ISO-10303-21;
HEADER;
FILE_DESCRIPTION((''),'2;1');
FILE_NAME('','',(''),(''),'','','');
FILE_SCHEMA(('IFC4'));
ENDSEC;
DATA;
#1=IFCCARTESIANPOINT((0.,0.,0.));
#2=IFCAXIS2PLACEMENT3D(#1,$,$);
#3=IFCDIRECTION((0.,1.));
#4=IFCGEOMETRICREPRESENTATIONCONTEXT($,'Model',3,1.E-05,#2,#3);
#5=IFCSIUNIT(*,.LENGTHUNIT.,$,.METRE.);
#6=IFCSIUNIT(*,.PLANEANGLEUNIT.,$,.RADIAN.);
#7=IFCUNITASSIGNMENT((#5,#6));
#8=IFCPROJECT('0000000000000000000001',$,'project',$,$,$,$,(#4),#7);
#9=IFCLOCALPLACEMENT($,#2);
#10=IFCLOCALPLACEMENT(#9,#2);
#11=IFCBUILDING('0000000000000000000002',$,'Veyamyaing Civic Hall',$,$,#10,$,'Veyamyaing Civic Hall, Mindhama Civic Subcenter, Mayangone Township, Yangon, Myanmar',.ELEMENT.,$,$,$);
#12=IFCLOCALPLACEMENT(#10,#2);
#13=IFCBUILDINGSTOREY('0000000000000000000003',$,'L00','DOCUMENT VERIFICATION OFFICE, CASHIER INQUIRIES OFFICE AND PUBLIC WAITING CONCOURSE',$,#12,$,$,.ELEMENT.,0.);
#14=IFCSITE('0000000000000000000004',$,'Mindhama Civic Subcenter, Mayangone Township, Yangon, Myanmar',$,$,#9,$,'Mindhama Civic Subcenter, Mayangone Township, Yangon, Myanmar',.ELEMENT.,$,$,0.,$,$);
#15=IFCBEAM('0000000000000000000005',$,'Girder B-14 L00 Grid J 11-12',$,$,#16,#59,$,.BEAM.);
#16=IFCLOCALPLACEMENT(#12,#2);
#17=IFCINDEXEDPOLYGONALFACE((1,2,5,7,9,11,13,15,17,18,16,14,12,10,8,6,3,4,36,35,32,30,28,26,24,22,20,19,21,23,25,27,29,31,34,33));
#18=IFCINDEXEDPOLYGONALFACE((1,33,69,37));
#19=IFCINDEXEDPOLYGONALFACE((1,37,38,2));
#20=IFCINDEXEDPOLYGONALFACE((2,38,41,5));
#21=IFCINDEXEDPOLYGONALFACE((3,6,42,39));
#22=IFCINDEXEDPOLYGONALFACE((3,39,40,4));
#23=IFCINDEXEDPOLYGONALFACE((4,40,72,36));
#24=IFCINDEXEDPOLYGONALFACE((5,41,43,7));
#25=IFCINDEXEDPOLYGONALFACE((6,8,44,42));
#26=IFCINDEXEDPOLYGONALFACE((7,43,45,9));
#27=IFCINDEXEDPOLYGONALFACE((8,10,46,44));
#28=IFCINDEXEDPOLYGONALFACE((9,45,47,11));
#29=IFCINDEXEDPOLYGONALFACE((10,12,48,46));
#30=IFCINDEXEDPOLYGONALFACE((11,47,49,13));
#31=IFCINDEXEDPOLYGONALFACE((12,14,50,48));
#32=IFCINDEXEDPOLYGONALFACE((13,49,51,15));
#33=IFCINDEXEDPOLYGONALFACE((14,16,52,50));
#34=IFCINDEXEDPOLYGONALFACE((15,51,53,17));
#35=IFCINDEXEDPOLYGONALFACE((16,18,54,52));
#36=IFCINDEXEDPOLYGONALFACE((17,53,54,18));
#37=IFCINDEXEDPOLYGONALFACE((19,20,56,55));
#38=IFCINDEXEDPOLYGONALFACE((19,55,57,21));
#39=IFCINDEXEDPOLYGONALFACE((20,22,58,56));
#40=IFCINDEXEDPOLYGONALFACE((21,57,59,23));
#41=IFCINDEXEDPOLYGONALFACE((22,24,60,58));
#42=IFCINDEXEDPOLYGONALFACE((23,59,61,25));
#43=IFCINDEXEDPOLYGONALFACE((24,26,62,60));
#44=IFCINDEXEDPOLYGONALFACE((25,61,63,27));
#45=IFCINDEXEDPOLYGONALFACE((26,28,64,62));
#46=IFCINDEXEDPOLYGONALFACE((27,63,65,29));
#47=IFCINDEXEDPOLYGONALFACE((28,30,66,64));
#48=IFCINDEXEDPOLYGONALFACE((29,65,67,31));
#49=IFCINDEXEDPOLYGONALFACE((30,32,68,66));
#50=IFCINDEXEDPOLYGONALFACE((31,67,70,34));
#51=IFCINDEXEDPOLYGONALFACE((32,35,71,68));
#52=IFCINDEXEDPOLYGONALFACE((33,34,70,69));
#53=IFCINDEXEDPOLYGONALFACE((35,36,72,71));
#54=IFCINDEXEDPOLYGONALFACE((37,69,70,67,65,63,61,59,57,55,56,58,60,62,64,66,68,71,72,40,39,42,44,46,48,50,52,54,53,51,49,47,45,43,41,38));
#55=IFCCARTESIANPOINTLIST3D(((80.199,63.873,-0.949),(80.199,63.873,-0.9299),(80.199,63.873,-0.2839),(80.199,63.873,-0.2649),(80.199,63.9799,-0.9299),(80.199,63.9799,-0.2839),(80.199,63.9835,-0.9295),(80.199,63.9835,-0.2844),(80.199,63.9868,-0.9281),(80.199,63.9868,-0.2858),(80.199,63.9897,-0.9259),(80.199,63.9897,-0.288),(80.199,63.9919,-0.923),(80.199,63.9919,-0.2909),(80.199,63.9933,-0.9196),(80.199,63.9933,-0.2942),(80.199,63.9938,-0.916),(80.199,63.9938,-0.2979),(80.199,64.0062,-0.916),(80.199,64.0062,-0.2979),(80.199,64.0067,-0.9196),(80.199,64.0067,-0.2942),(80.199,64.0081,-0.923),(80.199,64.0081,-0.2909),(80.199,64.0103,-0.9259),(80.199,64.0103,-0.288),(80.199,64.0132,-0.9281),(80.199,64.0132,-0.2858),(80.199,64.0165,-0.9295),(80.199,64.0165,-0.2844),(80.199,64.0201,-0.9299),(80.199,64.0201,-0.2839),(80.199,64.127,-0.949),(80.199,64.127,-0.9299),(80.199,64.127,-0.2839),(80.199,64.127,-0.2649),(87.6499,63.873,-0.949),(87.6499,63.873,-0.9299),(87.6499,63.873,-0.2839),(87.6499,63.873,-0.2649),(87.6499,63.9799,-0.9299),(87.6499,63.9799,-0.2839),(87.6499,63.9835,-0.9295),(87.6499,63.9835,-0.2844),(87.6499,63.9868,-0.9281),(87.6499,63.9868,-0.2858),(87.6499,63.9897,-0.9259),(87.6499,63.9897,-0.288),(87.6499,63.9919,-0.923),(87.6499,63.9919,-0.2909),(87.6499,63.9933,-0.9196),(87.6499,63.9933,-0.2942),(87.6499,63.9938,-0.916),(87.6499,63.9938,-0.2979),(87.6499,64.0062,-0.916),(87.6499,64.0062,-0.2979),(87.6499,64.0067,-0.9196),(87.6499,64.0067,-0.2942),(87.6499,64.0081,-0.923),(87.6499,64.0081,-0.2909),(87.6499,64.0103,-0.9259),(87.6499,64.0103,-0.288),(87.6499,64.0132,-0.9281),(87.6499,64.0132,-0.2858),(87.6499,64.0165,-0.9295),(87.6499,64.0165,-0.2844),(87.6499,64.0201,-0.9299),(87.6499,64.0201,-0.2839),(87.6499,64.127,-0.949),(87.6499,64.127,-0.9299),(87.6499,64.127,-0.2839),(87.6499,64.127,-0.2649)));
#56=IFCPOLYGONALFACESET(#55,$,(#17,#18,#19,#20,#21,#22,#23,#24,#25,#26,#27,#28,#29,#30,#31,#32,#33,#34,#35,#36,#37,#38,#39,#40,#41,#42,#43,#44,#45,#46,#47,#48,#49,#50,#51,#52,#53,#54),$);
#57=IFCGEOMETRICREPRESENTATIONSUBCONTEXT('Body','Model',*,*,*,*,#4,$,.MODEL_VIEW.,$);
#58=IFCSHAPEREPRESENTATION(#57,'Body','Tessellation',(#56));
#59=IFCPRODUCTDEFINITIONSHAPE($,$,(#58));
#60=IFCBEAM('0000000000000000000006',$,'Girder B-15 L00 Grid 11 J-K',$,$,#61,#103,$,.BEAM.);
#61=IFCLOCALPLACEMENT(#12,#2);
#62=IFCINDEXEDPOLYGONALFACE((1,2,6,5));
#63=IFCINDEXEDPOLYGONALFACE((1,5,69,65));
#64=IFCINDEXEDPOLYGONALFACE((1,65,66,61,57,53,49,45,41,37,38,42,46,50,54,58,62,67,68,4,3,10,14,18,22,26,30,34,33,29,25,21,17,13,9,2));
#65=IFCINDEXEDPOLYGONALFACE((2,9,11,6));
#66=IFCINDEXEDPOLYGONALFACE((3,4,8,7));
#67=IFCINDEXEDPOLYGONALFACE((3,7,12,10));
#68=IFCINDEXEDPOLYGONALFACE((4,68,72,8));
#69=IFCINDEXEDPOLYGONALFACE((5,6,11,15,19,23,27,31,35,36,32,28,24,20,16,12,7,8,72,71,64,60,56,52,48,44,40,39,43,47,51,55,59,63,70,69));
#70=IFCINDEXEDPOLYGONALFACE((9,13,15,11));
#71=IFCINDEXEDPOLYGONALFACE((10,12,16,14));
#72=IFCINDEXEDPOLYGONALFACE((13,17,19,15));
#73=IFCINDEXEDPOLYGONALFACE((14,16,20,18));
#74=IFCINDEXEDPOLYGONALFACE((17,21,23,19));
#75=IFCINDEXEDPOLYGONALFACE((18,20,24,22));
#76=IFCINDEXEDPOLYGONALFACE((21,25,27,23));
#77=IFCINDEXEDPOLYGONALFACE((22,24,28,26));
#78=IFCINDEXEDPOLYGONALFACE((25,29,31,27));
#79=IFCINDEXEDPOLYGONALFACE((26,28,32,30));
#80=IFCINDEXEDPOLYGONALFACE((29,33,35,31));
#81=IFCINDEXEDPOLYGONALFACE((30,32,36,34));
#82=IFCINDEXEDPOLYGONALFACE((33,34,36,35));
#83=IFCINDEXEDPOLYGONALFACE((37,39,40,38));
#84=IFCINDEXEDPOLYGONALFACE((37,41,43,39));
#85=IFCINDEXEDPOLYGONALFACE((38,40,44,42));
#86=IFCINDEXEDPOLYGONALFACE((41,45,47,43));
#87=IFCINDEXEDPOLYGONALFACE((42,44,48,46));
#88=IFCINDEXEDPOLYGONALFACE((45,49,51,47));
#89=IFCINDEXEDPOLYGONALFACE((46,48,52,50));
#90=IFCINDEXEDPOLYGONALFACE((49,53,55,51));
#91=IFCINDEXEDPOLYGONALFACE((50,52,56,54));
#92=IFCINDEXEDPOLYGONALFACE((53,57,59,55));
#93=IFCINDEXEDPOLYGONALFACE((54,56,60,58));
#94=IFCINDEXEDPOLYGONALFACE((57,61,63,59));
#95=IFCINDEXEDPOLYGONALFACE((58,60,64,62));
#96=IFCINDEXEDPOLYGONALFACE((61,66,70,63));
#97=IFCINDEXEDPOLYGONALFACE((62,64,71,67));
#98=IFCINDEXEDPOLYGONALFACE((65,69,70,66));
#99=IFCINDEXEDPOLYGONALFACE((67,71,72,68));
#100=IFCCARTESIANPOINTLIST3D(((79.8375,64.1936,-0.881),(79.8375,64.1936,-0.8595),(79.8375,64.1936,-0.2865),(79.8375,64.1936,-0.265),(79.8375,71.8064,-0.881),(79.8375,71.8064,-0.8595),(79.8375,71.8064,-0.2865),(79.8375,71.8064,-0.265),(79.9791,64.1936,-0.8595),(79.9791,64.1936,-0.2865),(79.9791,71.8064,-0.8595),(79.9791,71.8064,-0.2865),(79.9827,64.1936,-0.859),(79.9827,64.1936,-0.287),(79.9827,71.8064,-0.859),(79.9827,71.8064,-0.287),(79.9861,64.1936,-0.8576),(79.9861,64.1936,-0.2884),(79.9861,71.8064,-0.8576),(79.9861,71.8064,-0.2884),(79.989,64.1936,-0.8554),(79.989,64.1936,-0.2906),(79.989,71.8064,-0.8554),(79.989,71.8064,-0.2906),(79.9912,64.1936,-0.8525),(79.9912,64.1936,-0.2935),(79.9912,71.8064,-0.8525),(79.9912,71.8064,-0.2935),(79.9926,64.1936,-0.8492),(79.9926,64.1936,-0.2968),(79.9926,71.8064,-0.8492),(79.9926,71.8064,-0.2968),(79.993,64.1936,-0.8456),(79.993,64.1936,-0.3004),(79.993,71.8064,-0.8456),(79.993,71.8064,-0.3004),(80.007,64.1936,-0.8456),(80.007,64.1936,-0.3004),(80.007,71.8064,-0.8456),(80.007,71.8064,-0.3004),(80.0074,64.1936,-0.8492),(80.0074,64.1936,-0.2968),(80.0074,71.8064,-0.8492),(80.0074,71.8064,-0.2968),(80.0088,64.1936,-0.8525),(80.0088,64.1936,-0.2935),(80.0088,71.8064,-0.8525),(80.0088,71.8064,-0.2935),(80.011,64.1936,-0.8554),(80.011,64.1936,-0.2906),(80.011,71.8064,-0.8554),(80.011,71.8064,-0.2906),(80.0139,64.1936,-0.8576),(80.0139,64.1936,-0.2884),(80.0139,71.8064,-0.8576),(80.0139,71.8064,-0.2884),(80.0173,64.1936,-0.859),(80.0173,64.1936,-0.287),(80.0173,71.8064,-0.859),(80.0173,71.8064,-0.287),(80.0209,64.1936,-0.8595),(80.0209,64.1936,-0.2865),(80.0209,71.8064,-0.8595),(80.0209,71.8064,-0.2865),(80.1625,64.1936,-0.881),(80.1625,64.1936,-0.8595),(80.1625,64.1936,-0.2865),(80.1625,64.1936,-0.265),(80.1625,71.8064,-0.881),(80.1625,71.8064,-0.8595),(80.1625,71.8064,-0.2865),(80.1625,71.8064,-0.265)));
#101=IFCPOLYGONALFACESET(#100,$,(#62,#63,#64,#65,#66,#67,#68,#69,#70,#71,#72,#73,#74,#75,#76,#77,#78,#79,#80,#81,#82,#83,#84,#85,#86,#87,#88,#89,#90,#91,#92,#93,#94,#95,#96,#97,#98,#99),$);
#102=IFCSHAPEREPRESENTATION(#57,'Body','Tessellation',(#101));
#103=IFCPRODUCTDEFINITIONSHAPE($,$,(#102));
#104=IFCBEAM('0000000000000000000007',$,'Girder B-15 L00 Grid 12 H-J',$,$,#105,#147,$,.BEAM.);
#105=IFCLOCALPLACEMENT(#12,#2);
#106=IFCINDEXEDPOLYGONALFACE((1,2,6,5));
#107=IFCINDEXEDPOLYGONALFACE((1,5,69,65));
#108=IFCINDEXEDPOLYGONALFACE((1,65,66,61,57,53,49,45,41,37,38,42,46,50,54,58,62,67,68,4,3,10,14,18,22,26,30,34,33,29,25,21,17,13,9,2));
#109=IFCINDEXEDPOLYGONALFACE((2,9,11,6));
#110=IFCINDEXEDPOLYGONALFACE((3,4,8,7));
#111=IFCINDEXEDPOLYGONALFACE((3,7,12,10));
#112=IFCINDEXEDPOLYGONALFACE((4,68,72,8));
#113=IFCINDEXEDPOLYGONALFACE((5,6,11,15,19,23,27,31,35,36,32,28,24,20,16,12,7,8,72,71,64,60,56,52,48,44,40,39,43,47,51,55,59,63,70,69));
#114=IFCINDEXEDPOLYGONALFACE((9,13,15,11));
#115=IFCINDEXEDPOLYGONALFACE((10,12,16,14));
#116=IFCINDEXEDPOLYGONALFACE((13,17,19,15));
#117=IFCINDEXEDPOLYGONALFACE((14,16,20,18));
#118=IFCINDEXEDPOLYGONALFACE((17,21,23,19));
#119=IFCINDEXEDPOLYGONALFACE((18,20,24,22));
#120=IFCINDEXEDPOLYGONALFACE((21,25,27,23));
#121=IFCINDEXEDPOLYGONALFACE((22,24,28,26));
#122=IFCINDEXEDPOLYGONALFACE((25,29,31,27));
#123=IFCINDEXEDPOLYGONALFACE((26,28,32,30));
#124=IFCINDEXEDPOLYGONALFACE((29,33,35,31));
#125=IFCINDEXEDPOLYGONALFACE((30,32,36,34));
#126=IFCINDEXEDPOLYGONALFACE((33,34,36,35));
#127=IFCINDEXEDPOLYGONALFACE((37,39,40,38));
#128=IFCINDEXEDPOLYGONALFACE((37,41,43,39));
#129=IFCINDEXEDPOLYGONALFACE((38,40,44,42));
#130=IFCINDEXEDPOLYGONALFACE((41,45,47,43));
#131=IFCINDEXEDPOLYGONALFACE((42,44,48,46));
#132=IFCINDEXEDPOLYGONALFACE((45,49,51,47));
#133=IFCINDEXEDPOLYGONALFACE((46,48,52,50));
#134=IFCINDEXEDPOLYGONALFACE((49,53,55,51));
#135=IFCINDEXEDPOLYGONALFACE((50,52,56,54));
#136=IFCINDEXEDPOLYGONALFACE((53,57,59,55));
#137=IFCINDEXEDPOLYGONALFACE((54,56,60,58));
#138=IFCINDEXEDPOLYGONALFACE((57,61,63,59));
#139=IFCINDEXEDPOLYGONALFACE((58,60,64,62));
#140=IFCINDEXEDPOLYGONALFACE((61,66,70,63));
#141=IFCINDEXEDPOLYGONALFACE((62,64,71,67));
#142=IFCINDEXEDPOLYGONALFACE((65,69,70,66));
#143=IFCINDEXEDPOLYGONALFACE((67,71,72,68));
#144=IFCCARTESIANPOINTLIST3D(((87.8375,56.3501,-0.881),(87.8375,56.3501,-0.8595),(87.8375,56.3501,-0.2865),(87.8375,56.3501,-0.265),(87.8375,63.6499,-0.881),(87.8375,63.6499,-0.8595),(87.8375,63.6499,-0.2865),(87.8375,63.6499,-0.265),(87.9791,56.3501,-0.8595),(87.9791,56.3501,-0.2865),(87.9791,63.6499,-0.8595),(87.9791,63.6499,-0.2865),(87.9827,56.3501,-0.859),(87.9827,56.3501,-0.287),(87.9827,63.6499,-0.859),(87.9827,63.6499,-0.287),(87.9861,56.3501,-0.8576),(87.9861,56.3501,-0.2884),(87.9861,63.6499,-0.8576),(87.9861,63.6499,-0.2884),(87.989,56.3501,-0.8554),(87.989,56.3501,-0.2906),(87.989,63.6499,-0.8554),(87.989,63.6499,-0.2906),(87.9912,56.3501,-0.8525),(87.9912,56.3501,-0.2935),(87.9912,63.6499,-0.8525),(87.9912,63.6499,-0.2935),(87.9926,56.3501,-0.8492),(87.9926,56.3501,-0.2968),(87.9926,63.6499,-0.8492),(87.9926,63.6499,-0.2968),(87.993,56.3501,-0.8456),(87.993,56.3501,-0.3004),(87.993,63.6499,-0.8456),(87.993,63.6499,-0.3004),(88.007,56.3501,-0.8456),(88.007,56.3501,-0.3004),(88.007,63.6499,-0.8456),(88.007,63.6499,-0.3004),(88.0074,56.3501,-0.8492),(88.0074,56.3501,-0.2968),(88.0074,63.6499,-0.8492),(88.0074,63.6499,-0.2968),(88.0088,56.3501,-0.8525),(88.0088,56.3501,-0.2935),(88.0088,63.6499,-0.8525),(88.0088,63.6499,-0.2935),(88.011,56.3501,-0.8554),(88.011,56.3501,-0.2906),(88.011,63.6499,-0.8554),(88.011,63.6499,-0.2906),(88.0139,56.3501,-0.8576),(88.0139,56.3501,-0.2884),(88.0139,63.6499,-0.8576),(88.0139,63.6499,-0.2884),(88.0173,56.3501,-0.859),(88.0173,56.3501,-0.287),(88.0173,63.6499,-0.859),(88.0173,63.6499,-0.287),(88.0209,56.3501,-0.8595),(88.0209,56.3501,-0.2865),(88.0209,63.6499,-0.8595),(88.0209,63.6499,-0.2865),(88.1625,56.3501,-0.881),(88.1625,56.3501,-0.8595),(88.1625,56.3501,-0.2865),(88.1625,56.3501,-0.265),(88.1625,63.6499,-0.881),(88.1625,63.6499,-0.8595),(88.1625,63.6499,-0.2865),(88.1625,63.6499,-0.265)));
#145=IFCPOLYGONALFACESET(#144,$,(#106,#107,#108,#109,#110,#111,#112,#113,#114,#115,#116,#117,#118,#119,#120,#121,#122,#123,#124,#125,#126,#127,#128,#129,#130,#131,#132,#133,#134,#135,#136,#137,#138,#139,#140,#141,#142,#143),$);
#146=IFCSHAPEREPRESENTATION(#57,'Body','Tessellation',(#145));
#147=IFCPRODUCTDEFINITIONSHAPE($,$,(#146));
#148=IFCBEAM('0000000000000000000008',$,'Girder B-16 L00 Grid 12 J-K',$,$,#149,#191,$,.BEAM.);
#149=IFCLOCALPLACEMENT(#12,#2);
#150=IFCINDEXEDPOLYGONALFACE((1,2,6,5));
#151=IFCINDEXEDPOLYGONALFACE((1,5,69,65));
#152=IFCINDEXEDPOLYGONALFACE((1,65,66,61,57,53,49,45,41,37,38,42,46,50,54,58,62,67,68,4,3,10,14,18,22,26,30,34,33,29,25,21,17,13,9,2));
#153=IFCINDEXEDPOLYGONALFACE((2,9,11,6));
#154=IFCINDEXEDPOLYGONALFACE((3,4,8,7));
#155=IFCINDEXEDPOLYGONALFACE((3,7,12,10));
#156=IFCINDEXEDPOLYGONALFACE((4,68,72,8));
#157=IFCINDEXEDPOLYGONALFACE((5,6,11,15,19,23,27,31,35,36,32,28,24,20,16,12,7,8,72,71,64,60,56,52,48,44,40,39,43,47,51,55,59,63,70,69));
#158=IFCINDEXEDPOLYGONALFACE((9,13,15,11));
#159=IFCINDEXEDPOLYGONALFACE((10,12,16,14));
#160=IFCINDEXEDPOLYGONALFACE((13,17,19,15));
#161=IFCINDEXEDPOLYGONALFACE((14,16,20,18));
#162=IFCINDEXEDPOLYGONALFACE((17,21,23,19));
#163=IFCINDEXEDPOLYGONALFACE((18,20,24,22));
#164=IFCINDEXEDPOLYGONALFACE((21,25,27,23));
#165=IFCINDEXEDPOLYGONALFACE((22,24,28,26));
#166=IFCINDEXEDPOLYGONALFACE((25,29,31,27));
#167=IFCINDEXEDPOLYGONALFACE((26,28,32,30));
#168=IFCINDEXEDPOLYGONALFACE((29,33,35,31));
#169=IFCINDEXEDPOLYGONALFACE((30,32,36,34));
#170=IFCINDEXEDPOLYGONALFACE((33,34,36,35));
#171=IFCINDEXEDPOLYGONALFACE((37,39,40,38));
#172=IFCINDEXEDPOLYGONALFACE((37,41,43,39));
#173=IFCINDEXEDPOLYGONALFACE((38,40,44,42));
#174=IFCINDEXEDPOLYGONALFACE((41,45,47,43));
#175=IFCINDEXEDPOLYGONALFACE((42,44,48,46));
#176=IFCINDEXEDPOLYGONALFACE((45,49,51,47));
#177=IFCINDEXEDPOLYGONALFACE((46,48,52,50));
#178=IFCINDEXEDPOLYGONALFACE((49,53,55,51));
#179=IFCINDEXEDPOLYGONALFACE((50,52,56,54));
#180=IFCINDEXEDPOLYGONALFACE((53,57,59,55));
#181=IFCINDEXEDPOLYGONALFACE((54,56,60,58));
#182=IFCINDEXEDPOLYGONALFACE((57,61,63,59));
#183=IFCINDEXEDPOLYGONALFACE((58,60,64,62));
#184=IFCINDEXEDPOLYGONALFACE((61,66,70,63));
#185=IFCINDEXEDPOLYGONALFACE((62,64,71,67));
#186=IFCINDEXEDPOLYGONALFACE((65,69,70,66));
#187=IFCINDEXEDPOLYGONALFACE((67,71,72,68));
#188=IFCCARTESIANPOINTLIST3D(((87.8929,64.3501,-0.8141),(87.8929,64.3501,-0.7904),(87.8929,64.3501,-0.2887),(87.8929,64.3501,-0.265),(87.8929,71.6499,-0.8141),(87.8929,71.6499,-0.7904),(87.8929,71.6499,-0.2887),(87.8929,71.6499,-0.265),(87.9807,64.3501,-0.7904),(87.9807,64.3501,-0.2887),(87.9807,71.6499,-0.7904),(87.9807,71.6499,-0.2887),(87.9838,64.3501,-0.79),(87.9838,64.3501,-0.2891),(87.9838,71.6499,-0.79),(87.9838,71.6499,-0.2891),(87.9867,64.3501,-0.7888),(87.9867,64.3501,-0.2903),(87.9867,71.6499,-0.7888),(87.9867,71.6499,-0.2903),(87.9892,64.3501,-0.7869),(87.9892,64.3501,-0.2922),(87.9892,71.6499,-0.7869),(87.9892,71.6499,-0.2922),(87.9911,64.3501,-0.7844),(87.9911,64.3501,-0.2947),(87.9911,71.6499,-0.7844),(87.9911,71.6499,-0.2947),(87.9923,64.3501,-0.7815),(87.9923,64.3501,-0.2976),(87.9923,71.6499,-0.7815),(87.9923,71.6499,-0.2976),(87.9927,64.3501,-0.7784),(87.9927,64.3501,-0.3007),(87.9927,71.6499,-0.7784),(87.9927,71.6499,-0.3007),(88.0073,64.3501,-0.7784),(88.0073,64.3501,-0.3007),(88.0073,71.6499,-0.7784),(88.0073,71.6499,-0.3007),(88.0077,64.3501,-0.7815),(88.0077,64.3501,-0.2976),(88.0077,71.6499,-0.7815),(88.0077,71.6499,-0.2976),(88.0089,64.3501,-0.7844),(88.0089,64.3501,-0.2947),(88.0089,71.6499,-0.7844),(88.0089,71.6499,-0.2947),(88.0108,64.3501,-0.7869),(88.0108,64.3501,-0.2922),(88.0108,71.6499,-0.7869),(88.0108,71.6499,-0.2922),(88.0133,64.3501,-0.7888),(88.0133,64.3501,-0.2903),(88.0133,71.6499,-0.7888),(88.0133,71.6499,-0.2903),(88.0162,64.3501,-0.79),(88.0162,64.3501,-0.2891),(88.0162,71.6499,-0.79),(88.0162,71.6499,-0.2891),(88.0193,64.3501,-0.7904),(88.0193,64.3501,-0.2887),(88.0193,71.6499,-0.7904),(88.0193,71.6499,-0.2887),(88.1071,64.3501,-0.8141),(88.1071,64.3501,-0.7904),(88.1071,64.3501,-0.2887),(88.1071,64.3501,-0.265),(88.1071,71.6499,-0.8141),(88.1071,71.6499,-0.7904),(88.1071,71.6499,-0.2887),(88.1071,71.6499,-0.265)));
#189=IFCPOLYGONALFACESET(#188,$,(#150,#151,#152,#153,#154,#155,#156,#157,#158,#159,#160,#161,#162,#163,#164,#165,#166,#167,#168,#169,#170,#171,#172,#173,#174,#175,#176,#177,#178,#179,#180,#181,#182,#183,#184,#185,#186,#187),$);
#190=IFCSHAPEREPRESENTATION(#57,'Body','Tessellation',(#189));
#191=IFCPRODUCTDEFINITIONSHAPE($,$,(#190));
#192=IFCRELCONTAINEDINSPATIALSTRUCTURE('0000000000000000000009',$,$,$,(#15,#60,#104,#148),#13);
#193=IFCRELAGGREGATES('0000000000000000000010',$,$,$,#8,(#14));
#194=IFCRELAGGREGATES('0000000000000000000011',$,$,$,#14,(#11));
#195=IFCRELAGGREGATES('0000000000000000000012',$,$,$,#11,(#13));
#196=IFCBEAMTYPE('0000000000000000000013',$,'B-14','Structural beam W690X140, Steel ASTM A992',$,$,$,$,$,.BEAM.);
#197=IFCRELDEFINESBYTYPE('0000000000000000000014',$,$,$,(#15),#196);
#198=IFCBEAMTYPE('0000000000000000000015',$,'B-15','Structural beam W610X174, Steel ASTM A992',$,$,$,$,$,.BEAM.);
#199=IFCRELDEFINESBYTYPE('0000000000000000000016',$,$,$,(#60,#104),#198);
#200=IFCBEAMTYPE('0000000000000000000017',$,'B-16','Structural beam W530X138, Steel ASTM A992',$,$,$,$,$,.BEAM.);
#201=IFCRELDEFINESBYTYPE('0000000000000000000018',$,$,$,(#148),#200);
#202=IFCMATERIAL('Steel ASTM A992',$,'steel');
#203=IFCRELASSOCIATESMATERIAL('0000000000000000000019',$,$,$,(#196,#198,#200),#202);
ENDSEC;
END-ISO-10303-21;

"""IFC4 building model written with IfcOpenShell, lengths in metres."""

from ifc_helpers import new_model, si_unit, direction, frame, origin, origin_2d, place, context, subcontext, project, spatial, i_section, extrude, material, material_profile, profile_set, type_object, element, save


model = new_model("IFC4")

# Units and contexts
model_context = context("Model", 3, precision=1e-05, world=origin(), true_north=direction((0.0, 1.0)))
body_context = subcontext(model_context, "Body", "Model", "MODEL_VIEW")
ifc_project = project(units=[si_unit("LENGTHUNIT", "METRE"), si_unit("PLANEANGLEUNIT", "RADIAN")], contexts=[model_context])

# Site, building, storey
site_placement = place(None, origin())
site = spatial("IfcSite", under=ifc_project, at=site_placement, Name="Mindhama Civic Subcenter, Mayangone Township, Yangon, Myanmar", LongName="Mindhama Civic Subcenter, Mayangone Township, Yangon, Myanmar", CompositionType="ELEMENT", RefElevation=0.0)
building_placement = place(site_placement, origin())
building = spatial("IfcBuilding", under=site, at=building_placement, Name="Veyamyaing Civic Hall", LongName="Veyamyaing Civic Hall, Mindhama Civic Subcenter, Mayangone Township, Yangon, Myanmar", CompositionType="ELEMENT")
storey_placement = place(building_placement, origin())
storey = spatial("IfcBuildingStorey", under=building, at=storey_placement, Name="L00", Description="DOCUMENT VERIFICATION OFFICE, CASHIER INQUIRIES OFFICE AND PUBLIC WAITING CONCOURSE", CompositionType="ELEMENT", Elevation=0.0)

# Beams
ifc_material_1 = material(Name="Steel ASTM A992", Category="steel")
ifc_material_profile_1 = material_profile(ifc_material_1, i_section(OverallWidth=0.2539, OverallDepth=0.6841, WebThickness=0.0125, FlangeThickness=0.019, FilletRadius=0.0139, at=origin_2d()), Name="W690X140")
ifc_profile_set_1 = profile_set([ifc_material_profile_1], Name="Steel ASTM A992")
beam_type_1 = type_object("IfcBeamType", Name="B-14", Description="Structural beam W690X140, Steel ASTM A992", PredefinedType="BEAM", material=ifc_profile_set_1)
beam_1_placement = place(storey_placement, frame((80.199, 64.0, -0.6069), z_axis=(1.0, 0.0, 0.0), x_axis=(0.0, 1.0, 0.0)))
element("IfcBeam", 1, at=beam_1_placement, inside=storey, type_object=beam_type_1, Name="Girder B-14 L00 Grid J 11-12", PredefinedType="BEAM", context=body_context, shape_type="SweptSolid", body=[
    extrude(i_section(OverallWidth=0.2539, OverallDepth=0.6841, WebThickness=0.0125, FlangeThickness=0.019, FilletRadius=0.0139, at=origin_2d()), origin(), (0.0, 0.0, 1.0), 7.4509),
])
ifc_material_profile_2 = material_profile(ifc_material_1, i_section(OverallWidth=0.325, OverallDepth=0.616, WebThickness=0.0139, FlangeThickness=0.0215, FilletRadius=0.0139, at=origin_2d()), Name="W610X174")
ifc_profile_set_2 = profile_set([ifc_material_profile_2], Name="Steel ASTM A992")
beam_type_2 = type_object("IfcBeamType", Name="B-15", Description="Structural beam W610X174, Steel ASTM A992", PredefinedType="BEAM", material=ifc_profile_set_2)
beam_2_placement = place(storey_placement, frame((80.0, 64.1936, -0.573), z_axis=(0.0, 1.0, 0.0), x_axis=(-1.0, 0.0, 0.0)))
element("IfcBeam", 2, at=beam_2_placement, inside=storey, type_object=beam_type_2, Name="Girder B-15 L00 Grid 11 J-K", PredefinedType="BEAM", context=body_context, shape_type="SweptSolid", body=[
    extrude(i_section(OverallWidth=0.325, OverallDepth=0.616, WebThickness=0.0139, FlangeThickness=0.0215, FilletRadius=0.0139, at=origin_2d()), origin(), (0.0, 0.0, 1.0), 7.6128),
])
beam_3_placement = place(storey_placement, frame((88.0, 56.3501, -0.573), z_axis=(0.0, 1.0, 0.0), x_axis=(-1.0, 0.0, 0.0)))
element("IfcBeam", 3, at=beam_3_placement, inside=storey, type_object=beam_type_2, Name="Girder B-15 L00 Grid 12 H-J", PredefinedType="BEAM", context=body_context, shape_type="SweptSolid", body=[
    extrude(i_section(OverallWidth=0.325, OverallDepth=0.616, WebThickness=0.0139, FlangeThickness=0.0215, FilletRadius=0.0139, at=origin_2d()), origin(), (0.0, 0.0, 1.0), 7.2998),
])
ifc_material_profile_3 = material_profile(ifc_material_1, i_section(OverallWidth=0.2141, OverallDepth=0.5491, WebThickness=0.0146, FlangeThickness=0.0237, FilletRadius=0.012, at=origin_2d()), Name="W530X138")
ifc_profile_set_3 = profile_set([ifc_material_profile_3], Name="Steel ASTM A992")
beam_type_3 = type_object("IfcBeamType", Name="B-16", Description="Structural beam W530X138, Steel ASTM A992", PredefinedType="BEAM", material=ifc_profile_set_3)
beam_4_placement = place(storey_placement, frame((88.0, 64.3501, -0.5396), z_axis=(0.0, 1.0, 0.0), x_axis=(-1.0, 0.0, 0.0)))
element("IfcBeam", 4, at=beam_4_placement, inside=storey, type_object=beam_type_3, Name="Girder B-16 L00 Grid 12 J-K", PredefinedType="BEAM", context=body_context, shape_type="SweptSolid", body=[
    extrude(i_section(OverallWidth=0.2141, OverallDepth=0.5491, WebThickness=0.0146, FlangeThickness=0.0237, FilletRadius=0.012, at=origin_2d()), origin(), (0.0, 0.0, 1.0), 7.2998),
])

save(model, "model.ifc")
